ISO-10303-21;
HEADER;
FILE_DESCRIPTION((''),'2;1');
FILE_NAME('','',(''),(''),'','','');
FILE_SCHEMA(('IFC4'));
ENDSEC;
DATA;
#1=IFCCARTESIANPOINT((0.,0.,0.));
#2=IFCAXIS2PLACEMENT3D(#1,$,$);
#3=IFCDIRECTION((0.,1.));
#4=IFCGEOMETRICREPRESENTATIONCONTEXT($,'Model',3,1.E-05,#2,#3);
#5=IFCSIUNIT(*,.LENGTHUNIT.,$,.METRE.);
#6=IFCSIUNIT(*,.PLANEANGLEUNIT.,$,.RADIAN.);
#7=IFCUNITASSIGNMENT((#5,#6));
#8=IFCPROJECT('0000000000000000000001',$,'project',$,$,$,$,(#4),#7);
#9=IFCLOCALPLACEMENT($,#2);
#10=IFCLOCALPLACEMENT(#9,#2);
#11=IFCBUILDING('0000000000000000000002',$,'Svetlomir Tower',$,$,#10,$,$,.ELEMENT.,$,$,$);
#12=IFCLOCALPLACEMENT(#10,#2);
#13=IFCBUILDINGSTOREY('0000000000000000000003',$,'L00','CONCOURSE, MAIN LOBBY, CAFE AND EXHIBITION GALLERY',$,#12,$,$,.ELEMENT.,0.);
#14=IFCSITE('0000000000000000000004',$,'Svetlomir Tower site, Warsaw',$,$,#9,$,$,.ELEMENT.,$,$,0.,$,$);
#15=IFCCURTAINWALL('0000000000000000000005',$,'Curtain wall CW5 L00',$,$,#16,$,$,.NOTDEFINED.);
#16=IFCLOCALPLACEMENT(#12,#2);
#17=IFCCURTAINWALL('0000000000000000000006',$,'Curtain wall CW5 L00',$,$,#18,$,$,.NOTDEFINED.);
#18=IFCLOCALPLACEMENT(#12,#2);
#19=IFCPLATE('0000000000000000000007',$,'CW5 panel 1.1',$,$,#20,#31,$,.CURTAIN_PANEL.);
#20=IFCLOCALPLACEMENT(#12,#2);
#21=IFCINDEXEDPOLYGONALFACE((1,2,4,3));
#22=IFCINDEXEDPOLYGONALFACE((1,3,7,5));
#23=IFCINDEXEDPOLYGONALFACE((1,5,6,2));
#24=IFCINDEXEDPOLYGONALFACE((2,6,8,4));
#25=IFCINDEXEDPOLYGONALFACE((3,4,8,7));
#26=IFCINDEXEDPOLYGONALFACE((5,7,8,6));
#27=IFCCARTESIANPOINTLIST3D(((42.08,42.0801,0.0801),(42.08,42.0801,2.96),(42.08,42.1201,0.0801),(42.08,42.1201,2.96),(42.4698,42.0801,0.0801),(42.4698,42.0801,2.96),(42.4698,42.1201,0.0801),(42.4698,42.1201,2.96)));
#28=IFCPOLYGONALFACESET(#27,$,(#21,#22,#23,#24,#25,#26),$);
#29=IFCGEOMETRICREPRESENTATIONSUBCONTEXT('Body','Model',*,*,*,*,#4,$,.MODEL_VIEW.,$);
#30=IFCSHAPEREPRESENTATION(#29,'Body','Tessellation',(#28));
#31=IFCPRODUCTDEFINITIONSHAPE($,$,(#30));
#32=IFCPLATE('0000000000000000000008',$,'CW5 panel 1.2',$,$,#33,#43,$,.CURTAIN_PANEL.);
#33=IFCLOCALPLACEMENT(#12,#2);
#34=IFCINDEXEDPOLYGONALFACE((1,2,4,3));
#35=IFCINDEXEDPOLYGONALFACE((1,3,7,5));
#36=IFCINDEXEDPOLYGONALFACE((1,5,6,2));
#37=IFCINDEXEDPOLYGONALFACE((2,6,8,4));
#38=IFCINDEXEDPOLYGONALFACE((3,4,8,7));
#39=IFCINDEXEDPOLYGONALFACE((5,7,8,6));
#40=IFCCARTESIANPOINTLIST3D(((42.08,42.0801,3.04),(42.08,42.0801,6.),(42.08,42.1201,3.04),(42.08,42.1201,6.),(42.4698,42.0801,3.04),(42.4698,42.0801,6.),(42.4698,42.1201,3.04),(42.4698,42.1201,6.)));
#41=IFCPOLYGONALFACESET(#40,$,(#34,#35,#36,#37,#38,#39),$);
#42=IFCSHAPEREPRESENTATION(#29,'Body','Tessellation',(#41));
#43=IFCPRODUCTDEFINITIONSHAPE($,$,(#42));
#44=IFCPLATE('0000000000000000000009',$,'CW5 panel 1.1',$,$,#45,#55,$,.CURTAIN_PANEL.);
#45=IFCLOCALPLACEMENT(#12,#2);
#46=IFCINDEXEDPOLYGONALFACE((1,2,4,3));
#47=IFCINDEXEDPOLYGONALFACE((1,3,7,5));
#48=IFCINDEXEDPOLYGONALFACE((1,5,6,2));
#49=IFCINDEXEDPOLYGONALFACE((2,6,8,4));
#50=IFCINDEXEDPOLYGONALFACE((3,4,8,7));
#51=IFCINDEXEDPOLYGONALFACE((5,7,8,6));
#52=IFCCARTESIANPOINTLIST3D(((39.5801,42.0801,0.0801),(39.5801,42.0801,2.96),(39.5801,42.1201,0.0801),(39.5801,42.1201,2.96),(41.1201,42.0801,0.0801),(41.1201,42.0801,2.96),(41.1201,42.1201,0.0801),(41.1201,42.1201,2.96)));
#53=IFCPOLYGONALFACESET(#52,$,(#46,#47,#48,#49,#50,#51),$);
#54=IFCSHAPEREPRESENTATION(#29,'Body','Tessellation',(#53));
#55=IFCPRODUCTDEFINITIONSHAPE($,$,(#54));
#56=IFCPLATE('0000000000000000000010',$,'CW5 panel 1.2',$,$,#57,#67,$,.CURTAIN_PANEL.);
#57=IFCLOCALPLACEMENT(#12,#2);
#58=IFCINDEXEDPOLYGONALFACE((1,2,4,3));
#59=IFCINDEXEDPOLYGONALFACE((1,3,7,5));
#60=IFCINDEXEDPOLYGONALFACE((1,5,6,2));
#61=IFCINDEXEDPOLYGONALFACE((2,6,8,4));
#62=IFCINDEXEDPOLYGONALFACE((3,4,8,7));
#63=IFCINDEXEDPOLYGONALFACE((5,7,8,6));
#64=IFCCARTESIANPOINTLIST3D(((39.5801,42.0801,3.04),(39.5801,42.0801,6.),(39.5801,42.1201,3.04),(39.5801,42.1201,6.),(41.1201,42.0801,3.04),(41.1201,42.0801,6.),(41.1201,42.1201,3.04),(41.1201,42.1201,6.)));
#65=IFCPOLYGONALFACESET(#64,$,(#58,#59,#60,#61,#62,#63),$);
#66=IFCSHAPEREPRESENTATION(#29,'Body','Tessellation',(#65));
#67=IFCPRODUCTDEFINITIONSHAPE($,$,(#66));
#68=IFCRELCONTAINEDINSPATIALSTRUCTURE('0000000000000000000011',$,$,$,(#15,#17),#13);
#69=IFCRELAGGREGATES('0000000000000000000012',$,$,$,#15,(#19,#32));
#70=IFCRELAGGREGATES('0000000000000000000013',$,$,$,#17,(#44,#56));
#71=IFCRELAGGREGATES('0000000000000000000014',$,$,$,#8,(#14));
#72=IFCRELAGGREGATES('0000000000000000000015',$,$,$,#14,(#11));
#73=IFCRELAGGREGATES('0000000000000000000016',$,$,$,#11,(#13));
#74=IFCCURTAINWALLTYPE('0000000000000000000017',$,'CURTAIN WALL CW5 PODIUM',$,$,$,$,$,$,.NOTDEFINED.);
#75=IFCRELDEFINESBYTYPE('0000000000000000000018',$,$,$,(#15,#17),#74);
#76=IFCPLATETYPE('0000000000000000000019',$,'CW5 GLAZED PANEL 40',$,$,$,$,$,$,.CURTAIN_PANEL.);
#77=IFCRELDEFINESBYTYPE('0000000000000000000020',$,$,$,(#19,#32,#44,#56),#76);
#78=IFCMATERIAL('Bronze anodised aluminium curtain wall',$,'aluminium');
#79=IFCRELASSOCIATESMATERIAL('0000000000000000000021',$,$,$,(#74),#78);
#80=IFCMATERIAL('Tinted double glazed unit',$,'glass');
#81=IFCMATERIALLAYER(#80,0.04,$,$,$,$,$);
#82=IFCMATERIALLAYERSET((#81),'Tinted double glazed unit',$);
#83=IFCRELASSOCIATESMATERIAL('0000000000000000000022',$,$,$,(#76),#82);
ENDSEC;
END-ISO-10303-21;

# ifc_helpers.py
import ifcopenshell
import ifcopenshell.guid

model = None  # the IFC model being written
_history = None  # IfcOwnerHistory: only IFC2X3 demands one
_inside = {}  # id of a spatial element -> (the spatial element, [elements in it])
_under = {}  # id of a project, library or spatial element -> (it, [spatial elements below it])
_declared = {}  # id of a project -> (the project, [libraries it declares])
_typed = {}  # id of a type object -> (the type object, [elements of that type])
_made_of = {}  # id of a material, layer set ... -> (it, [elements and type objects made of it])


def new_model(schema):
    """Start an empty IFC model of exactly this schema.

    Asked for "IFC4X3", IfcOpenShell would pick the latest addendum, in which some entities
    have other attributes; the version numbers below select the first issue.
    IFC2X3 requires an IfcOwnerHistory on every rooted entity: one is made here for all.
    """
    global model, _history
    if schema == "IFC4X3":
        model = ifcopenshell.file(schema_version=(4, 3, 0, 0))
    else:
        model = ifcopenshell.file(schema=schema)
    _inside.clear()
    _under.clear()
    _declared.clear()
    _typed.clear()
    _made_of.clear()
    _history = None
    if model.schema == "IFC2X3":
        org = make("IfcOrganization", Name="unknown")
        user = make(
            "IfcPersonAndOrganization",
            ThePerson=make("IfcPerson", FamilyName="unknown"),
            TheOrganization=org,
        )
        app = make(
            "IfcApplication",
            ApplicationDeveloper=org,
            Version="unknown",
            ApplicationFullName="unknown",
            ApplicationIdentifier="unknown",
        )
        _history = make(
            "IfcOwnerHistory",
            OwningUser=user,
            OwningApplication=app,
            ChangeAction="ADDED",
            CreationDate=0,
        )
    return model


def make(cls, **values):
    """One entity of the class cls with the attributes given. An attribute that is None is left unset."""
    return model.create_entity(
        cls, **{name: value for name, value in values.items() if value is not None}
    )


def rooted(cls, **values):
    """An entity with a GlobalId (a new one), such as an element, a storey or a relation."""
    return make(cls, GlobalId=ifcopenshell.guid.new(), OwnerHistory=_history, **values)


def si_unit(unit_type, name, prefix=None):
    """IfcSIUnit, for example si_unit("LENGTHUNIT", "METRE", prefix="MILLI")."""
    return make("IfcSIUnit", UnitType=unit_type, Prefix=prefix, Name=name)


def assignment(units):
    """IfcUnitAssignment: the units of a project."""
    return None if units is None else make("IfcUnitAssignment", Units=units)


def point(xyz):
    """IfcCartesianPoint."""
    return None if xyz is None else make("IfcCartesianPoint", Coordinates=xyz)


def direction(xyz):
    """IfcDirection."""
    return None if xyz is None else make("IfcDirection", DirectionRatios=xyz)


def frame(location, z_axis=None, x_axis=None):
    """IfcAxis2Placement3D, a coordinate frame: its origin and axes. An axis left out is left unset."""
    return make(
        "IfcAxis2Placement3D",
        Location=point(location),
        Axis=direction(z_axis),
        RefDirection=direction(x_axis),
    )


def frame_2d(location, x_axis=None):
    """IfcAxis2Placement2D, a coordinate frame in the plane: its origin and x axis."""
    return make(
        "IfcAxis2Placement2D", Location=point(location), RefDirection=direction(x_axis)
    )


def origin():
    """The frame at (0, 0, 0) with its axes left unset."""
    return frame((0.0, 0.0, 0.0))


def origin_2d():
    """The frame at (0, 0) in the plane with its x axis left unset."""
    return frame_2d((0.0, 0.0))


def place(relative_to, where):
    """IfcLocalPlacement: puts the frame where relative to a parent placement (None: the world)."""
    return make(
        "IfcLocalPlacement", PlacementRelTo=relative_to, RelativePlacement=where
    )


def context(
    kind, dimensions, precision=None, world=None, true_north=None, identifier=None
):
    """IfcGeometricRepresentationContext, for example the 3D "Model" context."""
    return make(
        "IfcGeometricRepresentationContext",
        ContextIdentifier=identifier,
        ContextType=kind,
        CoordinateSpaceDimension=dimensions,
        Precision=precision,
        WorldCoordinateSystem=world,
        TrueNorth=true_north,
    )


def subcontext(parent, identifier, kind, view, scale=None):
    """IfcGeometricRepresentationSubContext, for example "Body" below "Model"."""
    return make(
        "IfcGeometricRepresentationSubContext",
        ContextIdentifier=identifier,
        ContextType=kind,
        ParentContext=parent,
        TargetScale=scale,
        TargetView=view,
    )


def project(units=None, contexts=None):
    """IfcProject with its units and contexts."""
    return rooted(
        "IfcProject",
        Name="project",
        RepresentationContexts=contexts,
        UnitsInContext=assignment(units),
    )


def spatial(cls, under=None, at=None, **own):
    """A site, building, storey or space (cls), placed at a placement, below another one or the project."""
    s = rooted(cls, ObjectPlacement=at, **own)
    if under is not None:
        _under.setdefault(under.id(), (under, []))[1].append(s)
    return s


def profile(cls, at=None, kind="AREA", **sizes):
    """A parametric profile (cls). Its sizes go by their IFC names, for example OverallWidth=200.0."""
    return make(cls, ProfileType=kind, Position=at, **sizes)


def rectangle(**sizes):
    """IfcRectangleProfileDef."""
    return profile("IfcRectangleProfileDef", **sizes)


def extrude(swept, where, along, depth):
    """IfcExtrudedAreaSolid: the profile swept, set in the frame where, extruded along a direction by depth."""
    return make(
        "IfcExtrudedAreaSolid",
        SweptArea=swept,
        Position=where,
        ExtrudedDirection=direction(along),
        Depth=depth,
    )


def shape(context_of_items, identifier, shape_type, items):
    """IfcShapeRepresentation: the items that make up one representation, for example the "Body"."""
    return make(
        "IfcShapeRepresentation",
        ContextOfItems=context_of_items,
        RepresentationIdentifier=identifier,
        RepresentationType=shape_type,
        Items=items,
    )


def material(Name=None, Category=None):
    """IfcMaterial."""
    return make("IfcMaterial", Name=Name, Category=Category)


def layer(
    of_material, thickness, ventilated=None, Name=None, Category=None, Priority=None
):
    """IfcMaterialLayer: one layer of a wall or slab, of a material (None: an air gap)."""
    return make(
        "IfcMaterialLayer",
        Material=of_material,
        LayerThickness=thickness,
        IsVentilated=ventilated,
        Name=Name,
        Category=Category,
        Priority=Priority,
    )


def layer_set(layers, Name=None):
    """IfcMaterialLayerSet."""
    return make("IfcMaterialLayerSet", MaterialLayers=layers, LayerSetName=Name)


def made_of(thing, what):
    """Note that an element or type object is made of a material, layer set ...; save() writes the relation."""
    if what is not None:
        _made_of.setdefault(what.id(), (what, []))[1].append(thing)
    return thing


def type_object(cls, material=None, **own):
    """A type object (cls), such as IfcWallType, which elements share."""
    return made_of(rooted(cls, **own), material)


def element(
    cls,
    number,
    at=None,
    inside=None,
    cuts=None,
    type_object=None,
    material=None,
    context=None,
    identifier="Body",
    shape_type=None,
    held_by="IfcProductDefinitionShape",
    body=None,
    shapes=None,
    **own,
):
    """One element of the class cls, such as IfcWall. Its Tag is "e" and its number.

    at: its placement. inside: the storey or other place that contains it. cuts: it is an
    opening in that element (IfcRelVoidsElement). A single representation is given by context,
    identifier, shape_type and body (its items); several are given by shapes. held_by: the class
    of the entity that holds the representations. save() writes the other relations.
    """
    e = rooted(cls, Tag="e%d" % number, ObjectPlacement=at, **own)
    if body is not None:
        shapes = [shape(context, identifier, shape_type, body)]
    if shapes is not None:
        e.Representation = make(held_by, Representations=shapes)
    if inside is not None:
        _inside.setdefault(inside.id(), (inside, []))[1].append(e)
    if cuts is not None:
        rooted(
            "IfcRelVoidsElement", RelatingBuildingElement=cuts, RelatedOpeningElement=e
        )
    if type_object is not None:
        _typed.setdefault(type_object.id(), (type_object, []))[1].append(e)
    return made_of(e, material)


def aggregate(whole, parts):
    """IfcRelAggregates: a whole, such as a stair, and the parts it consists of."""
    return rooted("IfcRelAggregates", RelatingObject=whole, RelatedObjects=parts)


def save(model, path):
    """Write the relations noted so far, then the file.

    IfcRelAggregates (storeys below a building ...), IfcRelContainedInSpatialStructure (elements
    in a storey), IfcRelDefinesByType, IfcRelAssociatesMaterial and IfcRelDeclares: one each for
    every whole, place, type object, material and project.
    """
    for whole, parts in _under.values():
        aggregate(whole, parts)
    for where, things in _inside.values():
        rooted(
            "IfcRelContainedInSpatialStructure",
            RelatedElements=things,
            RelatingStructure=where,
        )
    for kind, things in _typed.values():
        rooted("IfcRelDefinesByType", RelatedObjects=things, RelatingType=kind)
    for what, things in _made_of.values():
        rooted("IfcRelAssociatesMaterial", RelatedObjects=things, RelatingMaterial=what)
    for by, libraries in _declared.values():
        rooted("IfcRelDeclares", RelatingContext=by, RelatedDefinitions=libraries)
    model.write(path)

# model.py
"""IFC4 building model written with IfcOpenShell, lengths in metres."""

from ifc_helpers import new_model, si_unit, direction, frame, origin, origin_2d, place, context, subcontext, project, spatial, rectangle, extrude, material, layer, layer_set, type_object, element, aggregate, save


model = new_model("IFC4")

# Units and contexts
model_context = context("Model", 3, precision=1e-05, world=origin(), true_north=direction((0.0, 1.0)))
body_context = subcontext(model_context, "Body", "Model", "MODEL_VIEW")
ifc_project = project(units=[si_unit("LENGTHUNIT", "METRE"), si_unit("PLANEANGLEUNIT", "RADIAN")], contexts=[model_context])

# Site, building, storey
site_placement = place(None, origin())
site = spatial("IfcSite", under=ifc_project, at=site_placement, Name="Svetlomir Tower site, Warsaw", CompositionType="ELEMENT", RefElevation=0.0)
building_placement = place(site_placement, origin())
building = spatial("IfcBuilding", under=site, at=building_placement, Name="Svetlomir Tower", CompositionType="ELEMENT")
storey_placement = place(building_placement, origin())
storey = spatial("IfcBuildingStorey", under=building, at=storey_placement, Name="L00", Description="CONCOURSE, MAIN LOBBY, CAFE AND EXHIBITION GALLERY", CompositionType="ELEMENT", Elevation=0.0)

# Curtain walls
ifc_material_1 = material(Name="Bronze anodised aluminium curtain wall", Category="aluminium")
curtain_wall_type = type_object("IfcCurtainWallType", Name="CURTAIN WALL CW5 PODIUM", PredefinedType="NOTDEFINED", material=ifc_material_1)
curtain_wall_1_placement = place(storey_placement, origin())
curtain_wall_1 = element("IfcCurtainWall", 1, at=curtain_wall_1_placement, inside=storey, type_object=curtain_wall_type, Name="Curtain wall CW5 L00", PredefinedType="NOTDEFINED")
curtain_wall_2_placement = place(storey_placement, origin())
curtain_wall_2 = element("IfcCurtainWall", 2, at=curtain_wall_2_placement, inside=storey, type_object=curtain_wall_type, Name="Curtain wall CW5 L00", PredefinedType="NOTDEFINED")

# Plates
ifc_material_2 = material(Name="Tinted double glazed unit", Category="glass")
ifc_layer_1 = layer(ifc_material_2, 0.04)
ifc_layer_set_1 = layer_set([ifc_layer_1], Name="Tinted double glazed unit")
plate_type = type_object("IfcPlateType", Name="CW5 GLAZED PANEL 40", PredefinedType="CURTAIN_PANEL", material=ifc_layer_set_1)
plate_1_placement = place(storey_placement, frame((42.2749, 42.1001, 0.0801), z_axis=(0.0, 0.0, 1.0), x_axis=(-1.0, 0.0, 0.0)))
plate_1 = element("IfcPlate", 3, at=plate_1_placement, type_object=plate_type, Name="CW5 panel 1.1", PredefinedType="CURTAIN_PANEL", context=body_context, shape_type="SweptSolid", body=[
    extrude(rectangle(XDim=0.3899, YDim=0.04, at=origin_2d()), origin(), (0.0, 0.0, 1.0), 2.8799),
])
plate_2_placement = place(storey_placement, frame((42.2749, 42.1001, 3.04), z_axis=(0.0, 0.0, 1.0), x_axis=(-1.0, 0.0, 0.0)))
plate_2 = element("IfcPlate", 4, at=plate_2_placement, type_object=plate_type, Name="CW5 panel 1.2", PredefinedType="CURTAIN_PANEL", context=body_context, shape_type="SweptSolid", body=[
    extrude(rectangle(XDim=0.3899, YDim=0.04, at=origin_2d()), origin(), (0.0, 0.0, 1.0), 2.96),
])
aggregate(curtain_wall_1, [plate_1, plate_2])
plate_3_placement = place(storey_placement, frame((40.3501, 42.1001, 0.0801), z_axis=(0.0, 0.0, 1.0), x_axis=(-1.0, 0.0, 0.0)))
plate_3 = element("IfcPlate", 5, at=plate_3_placement, type_object=plate_type, Name="CW5 panel 1.1", PredefinedType="CURTAIN_PANEL", context=body_context, shape_type="SweptSolid", body=[
    extrude(rectangle(XDim=1.54, YDim=0.04, at=origin_2d()), origin(), (0.0, 0.0, 1.0), 2.8799),
])
plate_4_placement = place(storey_placement, frame((40.3501, 42.1001, 3.04), z_axis=(0.0, 0.0, 1.0), x_axis=(-1.0, 0.0, 0.0)))
plate_4 = element("IfcPlate", 6, at=plate_4_placement, type_object=plate_type, Name="CW5 panel 1.2", PredefinedType="CURTAIN_PANEL", context=body_context, shape_type="SweptSolid", body=[
    extrude(rectangle(XDim=1.54, YDim=0.04, at=origin_2d()), origin(), (0.0, 0.0, 1.0), 2.96),
])
aggregate(curtain_wall_2, [plate_3, plate_4])

save(model, "model.ifc")
